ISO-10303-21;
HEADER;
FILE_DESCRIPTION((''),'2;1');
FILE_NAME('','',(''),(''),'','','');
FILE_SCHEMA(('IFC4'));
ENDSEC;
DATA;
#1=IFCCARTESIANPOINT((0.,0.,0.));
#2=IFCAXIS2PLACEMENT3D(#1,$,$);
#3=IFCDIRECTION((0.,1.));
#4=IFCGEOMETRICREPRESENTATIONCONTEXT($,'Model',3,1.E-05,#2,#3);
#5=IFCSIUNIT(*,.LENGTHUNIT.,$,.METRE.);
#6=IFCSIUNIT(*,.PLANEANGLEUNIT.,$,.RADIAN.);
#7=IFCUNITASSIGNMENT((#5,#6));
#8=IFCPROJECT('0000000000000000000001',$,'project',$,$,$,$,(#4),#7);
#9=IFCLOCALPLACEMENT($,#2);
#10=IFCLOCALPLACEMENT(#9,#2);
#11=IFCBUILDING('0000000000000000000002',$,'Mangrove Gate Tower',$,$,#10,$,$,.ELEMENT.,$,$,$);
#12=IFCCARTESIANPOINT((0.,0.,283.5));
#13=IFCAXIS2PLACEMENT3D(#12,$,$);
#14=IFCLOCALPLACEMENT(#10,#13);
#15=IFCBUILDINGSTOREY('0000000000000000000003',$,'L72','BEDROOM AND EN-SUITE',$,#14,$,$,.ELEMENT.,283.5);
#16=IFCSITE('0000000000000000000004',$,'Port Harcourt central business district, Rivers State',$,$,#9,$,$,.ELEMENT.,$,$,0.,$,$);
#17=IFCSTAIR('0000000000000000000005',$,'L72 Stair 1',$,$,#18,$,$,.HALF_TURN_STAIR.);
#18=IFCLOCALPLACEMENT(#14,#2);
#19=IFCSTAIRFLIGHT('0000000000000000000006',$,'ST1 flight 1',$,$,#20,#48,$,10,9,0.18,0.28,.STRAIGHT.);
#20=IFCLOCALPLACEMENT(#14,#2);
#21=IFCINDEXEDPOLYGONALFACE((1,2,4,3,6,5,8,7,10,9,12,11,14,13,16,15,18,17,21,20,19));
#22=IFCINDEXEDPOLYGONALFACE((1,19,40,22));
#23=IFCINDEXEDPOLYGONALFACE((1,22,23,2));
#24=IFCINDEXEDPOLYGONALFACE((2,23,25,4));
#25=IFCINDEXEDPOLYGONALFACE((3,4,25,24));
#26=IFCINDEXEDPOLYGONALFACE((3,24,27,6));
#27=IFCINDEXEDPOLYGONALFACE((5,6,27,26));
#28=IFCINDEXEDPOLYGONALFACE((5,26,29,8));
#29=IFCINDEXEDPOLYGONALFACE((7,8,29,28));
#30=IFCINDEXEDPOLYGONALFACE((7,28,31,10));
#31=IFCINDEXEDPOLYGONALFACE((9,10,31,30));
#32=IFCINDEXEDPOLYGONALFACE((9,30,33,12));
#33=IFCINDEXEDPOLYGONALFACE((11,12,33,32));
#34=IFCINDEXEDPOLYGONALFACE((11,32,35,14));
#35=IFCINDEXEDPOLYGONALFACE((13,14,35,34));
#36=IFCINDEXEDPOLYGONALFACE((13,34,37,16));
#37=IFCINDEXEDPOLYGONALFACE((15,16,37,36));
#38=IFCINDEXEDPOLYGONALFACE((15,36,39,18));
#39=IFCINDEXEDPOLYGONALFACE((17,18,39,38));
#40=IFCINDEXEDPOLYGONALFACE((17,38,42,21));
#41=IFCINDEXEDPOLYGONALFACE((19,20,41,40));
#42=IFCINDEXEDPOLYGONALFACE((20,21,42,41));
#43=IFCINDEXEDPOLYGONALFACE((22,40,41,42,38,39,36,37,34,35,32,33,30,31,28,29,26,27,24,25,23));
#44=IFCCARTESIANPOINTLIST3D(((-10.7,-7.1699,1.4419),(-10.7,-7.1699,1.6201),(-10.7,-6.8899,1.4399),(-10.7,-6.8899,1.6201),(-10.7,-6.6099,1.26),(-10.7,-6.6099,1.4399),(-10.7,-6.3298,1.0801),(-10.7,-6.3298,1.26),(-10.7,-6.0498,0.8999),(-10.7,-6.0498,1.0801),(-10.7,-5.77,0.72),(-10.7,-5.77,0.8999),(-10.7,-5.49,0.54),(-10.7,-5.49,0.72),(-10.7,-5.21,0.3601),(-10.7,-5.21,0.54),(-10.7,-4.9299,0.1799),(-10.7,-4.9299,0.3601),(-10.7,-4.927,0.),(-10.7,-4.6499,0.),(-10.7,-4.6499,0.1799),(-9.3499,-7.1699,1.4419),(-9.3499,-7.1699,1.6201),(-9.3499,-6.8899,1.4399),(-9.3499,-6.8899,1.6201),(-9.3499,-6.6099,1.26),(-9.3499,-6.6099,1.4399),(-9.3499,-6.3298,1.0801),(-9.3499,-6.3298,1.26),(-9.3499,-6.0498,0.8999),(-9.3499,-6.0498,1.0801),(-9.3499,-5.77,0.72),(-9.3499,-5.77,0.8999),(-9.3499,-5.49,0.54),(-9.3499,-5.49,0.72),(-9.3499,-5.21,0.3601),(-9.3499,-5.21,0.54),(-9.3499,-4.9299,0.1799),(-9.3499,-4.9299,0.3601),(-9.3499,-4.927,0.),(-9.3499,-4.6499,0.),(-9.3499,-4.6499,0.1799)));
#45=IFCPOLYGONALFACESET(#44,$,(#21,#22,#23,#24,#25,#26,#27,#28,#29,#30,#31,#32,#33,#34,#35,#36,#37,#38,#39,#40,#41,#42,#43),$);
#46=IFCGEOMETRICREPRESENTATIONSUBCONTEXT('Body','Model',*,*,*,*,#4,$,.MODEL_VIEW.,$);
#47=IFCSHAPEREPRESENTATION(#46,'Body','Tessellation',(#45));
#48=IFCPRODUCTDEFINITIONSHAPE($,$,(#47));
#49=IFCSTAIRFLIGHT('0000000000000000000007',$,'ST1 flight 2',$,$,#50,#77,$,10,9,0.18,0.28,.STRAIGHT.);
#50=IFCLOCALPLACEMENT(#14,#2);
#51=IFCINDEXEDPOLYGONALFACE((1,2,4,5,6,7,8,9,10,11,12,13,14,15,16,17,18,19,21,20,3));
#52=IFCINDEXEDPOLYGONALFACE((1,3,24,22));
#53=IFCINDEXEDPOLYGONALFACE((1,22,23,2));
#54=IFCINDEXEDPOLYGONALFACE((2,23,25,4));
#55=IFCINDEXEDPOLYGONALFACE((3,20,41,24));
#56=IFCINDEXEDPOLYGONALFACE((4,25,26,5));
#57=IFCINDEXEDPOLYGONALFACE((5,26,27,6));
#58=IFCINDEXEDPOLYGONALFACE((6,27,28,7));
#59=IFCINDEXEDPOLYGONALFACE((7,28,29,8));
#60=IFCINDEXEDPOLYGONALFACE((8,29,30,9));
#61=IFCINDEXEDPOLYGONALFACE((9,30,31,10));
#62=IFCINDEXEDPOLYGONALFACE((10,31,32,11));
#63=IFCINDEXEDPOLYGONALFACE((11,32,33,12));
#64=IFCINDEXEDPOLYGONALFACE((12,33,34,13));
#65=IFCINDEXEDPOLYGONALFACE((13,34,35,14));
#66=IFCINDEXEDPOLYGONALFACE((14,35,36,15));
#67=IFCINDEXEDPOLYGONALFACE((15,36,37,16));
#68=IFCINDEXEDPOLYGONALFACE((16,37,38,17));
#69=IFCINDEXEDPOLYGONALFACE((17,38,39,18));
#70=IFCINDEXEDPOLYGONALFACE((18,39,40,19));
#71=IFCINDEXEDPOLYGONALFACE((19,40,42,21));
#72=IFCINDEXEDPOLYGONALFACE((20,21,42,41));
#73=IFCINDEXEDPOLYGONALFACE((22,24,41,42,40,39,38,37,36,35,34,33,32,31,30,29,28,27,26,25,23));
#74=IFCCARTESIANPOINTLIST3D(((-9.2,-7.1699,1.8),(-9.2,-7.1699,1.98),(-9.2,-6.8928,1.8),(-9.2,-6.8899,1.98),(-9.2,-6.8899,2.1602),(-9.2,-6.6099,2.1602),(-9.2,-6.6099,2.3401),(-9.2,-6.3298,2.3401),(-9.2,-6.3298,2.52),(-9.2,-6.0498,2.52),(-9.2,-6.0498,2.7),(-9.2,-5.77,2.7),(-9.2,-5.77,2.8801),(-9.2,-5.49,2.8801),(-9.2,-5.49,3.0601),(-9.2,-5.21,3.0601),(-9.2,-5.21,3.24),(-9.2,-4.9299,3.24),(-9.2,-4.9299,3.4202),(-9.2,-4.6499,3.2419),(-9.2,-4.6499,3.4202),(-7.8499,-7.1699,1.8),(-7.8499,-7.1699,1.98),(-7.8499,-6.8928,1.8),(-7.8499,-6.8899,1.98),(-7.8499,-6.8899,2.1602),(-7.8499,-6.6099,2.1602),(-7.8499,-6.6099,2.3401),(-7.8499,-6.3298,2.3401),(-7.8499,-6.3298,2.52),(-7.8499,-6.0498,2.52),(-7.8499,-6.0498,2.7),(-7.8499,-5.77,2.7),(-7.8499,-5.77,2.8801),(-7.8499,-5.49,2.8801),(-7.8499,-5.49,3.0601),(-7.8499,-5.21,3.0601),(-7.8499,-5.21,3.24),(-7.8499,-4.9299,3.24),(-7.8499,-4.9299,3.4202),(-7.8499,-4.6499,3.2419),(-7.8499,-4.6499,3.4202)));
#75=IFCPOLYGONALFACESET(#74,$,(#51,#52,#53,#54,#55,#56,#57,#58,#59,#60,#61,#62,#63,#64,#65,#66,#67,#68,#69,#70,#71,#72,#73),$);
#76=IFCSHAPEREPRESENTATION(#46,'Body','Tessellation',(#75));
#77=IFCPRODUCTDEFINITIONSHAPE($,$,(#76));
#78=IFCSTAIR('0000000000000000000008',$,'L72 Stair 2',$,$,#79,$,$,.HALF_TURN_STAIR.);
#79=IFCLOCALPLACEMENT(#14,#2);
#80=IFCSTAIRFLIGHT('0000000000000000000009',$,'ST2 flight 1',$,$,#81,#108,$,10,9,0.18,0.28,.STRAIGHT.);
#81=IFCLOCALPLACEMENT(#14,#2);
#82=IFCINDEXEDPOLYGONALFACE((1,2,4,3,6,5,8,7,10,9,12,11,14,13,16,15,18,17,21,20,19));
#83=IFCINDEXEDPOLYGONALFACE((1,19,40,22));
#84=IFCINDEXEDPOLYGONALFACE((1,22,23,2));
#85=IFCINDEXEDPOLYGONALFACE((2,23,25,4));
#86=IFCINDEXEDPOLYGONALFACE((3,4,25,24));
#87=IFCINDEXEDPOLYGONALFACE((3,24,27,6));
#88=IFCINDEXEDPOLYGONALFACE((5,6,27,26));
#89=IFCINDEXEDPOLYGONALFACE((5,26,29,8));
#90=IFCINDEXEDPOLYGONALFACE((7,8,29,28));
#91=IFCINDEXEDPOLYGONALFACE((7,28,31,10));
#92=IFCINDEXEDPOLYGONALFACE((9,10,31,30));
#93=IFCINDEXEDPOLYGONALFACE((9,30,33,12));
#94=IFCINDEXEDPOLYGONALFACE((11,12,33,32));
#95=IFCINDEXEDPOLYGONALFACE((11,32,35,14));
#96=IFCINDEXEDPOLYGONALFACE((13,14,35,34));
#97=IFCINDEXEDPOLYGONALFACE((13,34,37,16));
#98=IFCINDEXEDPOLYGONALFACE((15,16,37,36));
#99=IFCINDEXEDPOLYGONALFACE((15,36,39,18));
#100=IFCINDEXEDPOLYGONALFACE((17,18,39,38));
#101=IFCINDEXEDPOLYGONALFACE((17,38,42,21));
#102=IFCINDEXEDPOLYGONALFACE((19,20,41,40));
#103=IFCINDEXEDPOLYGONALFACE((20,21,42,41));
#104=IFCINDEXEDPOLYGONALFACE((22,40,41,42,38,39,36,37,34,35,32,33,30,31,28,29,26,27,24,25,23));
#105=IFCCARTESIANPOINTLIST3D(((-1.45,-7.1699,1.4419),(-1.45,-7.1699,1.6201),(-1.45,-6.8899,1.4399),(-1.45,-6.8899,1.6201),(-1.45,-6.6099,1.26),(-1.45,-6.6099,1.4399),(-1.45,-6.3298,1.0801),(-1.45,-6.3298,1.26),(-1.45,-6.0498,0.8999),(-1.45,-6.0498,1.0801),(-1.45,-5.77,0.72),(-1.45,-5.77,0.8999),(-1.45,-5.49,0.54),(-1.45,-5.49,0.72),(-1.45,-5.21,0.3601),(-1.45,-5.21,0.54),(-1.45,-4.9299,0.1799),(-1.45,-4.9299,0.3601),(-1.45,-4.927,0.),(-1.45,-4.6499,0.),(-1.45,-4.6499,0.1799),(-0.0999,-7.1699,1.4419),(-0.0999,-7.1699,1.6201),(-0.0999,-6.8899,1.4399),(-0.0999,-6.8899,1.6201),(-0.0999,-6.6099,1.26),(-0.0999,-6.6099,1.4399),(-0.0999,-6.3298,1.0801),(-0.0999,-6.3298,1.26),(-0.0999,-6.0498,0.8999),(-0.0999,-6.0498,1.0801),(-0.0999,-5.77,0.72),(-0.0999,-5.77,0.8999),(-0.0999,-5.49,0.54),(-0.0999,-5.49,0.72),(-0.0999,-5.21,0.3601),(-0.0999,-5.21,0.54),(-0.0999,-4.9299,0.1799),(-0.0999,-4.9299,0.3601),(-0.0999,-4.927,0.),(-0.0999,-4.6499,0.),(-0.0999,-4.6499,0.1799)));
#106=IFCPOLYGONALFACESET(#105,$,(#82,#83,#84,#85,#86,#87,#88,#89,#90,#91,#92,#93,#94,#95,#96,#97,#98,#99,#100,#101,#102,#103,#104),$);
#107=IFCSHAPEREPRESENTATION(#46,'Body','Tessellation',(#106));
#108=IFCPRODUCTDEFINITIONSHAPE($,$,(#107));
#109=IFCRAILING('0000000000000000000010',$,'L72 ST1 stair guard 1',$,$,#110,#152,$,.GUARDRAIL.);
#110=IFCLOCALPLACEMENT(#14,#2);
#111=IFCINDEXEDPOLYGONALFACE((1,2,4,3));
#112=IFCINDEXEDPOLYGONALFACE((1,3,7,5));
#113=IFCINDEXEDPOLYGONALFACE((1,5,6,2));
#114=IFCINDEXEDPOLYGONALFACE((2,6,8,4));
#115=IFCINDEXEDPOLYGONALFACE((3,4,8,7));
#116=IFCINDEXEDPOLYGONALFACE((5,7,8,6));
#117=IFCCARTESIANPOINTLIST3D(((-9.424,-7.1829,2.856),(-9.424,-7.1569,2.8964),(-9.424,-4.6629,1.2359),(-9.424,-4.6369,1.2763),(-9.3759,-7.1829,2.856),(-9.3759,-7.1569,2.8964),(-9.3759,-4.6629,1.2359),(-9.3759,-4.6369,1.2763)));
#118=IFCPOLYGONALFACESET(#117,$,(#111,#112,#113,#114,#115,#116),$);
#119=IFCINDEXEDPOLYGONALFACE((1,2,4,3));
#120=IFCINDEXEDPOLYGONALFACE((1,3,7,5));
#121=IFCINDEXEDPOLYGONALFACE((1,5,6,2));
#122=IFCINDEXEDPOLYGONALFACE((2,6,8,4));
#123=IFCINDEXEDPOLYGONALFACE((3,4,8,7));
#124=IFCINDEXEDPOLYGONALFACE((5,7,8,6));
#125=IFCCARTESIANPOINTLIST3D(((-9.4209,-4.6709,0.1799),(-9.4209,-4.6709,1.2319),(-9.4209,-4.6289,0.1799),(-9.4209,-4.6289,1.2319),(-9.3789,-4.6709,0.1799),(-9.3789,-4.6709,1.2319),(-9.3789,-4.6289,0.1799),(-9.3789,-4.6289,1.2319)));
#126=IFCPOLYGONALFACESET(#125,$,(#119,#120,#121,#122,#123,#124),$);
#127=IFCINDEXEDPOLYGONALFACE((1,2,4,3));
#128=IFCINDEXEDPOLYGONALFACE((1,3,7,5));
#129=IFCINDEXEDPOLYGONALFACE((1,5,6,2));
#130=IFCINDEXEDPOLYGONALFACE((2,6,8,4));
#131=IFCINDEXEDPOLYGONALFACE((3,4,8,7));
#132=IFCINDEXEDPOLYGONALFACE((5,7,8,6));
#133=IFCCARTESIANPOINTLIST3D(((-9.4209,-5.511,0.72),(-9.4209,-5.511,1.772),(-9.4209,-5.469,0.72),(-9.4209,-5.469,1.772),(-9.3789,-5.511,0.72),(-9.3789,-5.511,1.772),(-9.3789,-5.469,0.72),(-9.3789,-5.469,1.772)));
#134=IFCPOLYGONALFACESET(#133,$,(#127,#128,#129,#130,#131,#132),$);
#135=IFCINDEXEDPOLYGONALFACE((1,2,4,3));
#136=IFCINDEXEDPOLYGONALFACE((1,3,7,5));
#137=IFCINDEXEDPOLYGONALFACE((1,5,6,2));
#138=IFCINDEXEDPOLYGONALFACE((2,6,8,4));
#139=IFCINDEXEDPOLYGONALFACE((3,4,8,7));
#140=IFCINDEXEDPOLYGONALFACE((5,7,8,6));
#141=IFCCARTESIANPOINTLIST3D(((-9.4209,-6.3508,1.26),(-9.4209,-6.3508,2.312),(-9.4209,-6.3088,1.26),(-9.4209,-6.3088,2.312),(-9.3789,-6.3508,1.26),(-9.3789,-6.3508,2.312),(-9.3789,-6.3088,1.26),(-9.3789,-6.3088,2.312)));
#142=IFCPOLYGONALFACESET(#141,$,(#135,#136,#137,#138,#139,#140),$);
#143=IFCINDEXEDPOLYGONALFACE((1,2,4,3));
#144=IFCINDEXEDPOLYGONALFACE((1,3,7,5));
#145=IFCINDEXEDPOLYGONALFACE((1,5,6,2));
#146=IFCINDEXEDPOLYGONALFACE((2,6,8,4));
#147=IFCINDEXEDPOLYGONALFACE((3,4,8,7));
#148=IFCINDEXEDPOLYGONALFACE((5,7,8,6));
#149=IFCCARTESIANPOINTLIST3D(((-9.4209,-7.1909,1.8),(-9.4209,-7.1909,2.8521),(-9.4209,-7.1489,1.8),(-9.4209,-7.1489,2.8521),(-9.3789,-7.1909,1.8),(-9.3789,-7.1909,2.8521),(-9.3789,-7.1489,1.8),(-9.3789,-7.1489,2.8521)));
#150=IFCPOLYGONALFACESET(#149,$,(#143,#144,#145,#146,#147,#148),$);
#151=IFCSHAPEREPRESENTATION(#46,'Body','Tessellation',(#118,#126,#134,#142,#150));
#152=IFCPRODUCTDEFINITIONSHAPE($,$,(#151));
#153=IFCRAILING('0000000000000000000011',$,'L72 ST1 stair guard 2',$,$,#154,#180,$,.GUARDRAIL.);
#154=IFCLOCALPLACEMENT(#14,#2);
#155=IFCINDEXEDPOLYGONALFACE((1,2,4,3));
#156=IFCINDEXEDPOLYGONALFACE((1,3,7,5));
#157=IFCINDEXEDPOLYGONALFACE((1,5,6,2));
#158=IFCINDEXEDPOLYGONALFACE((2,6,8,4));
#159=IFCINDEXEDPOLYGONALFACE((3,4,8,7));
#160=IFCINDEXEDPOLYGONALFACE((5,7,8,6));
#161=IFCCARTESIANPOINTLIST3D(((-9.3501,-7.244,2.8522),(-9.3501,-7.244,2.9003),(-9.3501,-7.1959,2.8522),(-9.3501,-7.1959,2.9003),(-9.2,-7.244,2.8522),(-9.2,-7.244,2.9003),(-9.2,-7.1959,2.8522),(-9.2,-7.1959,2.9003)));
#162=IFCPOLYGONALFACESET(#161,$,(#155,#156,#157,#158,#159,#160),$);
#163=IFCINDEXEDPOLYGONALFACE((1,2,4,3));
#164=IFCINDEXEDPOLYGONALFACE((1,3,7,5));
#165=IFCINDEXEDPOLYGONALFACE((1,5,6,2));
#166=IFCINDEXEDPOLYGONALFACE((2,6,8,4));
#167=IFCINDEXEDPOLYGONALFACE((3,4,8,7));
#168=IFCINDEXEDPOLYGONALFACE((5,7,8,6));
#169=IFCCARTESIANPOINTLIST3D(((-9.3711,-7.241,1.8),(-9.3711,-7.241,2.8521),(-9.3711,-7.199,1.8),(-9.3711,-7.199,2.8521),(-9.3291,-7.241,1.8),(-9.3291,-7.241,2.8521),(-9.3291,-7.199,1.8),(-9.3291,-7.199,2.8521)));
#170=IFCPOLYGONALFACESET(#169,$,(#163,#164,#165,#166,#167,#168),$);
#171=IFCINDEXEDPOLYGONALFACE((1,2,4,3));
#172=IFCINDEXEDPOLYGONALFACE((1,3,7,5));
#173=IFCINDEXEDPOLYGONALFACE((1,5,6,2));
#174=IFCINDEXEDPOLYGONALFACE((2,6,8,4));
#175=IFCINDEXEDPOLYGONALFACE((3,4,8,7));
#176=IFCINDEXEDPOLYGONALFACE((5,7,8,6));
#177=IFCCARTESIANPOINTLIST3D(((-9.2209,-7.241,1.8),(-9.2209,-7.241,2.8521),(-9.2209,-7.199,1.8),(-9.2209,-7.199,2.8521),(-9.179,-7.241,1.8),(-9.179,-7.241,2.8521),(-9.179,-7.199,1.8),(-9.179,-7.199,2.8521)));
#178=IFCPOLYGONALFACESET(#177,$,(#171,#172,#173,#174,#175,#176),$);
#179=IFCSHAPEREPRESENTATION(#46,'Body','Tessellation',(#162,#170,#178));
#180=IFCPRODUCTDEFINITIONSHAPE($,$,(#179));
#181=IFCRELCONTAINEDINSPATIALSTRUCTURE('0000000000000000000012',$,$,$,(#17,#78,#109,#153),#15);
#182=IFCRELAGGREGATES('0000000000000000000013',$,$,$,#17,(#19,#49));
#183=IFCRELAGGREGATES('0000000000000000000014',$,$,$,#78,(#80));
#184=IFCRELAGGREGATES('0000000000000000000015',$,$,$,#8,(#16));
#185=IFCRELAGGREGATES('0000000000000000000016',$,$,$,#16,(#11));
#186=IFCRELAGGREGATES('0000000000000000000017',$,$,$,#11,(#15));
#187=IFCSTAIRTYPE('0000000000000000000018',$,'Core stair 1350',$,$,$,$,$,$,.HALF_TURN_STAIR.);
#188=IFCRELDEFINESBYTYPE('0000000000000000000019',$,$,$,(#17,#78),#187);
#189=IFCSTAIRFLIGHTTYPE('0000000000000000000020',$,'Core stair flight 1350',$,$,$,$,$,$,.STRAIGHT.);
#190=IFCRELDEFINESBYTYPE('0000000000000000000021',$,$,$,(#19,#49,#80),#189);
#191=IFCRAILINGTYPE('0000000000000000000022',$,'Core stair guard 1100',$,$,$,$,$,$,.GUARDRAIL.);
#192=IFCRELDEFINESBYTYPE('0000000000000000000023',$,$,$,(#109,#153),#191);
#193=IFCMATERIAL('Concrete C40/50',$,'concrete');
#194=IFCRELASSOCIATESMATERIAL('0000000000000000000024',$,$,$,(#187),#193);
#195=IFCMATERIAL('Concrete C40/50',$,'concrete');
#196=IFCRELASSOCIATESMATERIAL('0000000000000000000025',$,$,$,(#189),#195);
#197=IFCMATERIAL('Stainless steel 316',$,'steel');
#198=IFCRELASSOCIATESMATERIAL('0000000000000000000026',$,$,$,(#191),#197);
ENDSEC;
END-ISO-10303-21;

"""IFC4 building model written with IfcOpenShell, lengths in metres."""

from ifc_helpers import new_model, si_unit, direction, frame, origin, origin_2d, place, context, subcontext, project, spatial, polyline, rectangle, outline, extrude, material, type_object, element, aggregate, save


model = new_model("IFC4")

# Units and contexts
model_context = context("Model", 3, precision=1e-05, world=origin(), true_north=direction((0.0, 1.0)))
body_context = subcontext(model_context, "Body", "Model", "MODEL_VIEW")
ifc_project = project(units=[si_unit("LENGTHUNIT", "METRE"), si_unit("PLANEANGLEUNIT", "RADIAN")], contexts=[model_context])

# Site, building, storey
site_placement = place(None, origin())
site = spatial("IfcSite", under=ifc_project, at=site_placement, Name="Port Harcourt central business district, Rivers State", CompositionType="ELEMENT", RefElevation=0.0)
building_placement = place(site_placement, origin())
building = spatial("IfcBuilding", under=site, at=building_placement, Name="Mangrove Gate Tower", CompositionType="ELEMENT")
storey_placement = place(building_placement, frame((0.0, 0.0, 283.5)))
storey = spatial("IfcBuildingStorey", under=building, at=storey_placement, Name="L72", Description="BEDROOM AND EN-SUITE", CompositionType="ELEMENT", Elevation=283.5)

# Stair, stair flights
ifc_material_1 = material(Name="Concrete C40/50", Category="concrete")
stair_type = type_object("IfcStairType", Name="Core stair 1350", PredefinedType="HALF_TURN_STAIR", material=ifc_material_1)
stair_1_placement = place(storey_placement, origin())
stair_1 = element("IfcStair", 1, at=stair_1_placement, inside=storey, type_object=stair_type, Name="L72 Stair 1", PredefinedType="HALF_TURN_STAIR")
ifc_material_2 = material(Name="Concrete C40/50", Category="concrete")
stair_flight_type = type_object("IfcStairFlightType", Name="Core stair flight 1350", PredefinedType="STRAIGHT", material=ifc_material_2)
stair_flight_1_placement = place(storey_placement, frame((-10.0249, -4.6499, 0.0), z_axis=(0.0, 0.0, 1.0), x_axis=(0.0, -1.0, 0.0)))
stair_flight_1 = element("IfcStairFlight", 2, at=stair_flight_1_placement, type_object=stair_flight_type, Name="ST1 flight 1", NumberOfRisers=10, NumberOfTreads=9, PredefinedType="STRAIGHT", RiserHeight=0.18, TreadLength=0.28, context=body_context, shape_type="SweptSolid", body=[
    extrude(outline(polyline([(0.0, 0.0), (0.0, 0.1799), (0.28, 0.1799), (0.28, 0.3601), (0.5601, 0.3601), (0.5601, 0.54), (0.8401, 0.54), (0.8401, 0.72), (1.1201, 0.72), (1.1201, 0.8999), (1.3999, 0.8999), (1.3999, 1.0801), (1.6799, 1.0801), (1.6799, 1.26), (1.96, 1.26), (1.96, 1.4399), (2.24, 1.4399), (2.24, 1.6201), (2.52, 1.6201), (2.52, 1.8), (2.52, 1.4419), (0.2771, 0.0), (0.0, 0.0)])), frame((0.0, 0.675, 0.0), z_axis=(0.0, -1.0, 0.0), x_axis=(1.0, 0.0, 0.0)), (0.0, 0.0, 1.0), 1.3501),
])
stair_flight_2_placement = place(storey_placement, frame((-8.5249, -7.1699, 1.8), z_axis=(0.0, 0.0, 1.0), x_axis=(0.0, 1.0, 0.0)))
stair_flight_2 = element("IfcStairFlight", 3, at=stair_flight_2_placement, type_object=stair_flight_type, Name="ST1 flight 2", NumberOfRisers=10, NumberOfTreads=9, PredefinedType="STRAIGHT", RiserHeight=0.18, TreadLength=0.28, context=body_context, shape_type="SweptSolid", body=[
    extrude(outline(polyline([(0.0, 0.0), (0.0, 0.1799), (0.28, 0.1799), (0.28, 0.3601), (0.5601, 0.3601), (0.5601, 0.54), (0.8401, 0.54), (0.8401, 0.72), (1.1201, 0.72), (1.1201, 0.8999), (1.3999, 0.8999), (1.3999, 1.0801), (1.6799, 1.0801), (1.6799, 1.26), (1.96, 1.26), (1.96, 1.4399), (2.24, 1.4399), (2.24, 1.6201), (2.52, 1.6201), (2.52, 1.8), (2.52, 1.4419), (0.2771, 0.0), (0.0, 0.0)])), frame((0.0, 0.675, 0.0), z_axis=(0.0, -1.0, 0.0), x_axis=(1.0, 0.0, 0.0)), (0.0, 0.0, 1.0), 1.3501),
])
aggregate(stair_1, [stair_flight_1, stair_flight_2])

# Stair, stair flight
stair_2_placement = place(storey_placement, origin())
stair_2 = element("IfcStair", 4, at=stair_2_placement, inside=storey, type_object=stair_type, Name="L72 Stair 2", PredefinedType="HALF_TURN_STAIR")
stair_flight_3_placement = place(storey_placement, frame((-0.7749, -4.6499, 0.0), z_axis=(0.0, 0.0, 1.0), x_axis=(0.0, -1.0, 0.0)))
stair_flight_3 = element("IfcStairFlight", 5, at=stair_flight_3_placement, type_object=stair_flight_type, Name="ST2 flight 1", NumberOfRisers=10, NumberOfTreads=9, PredefinedType="STRAIGHT", RiserHeight=0.18, TreadLength=0.28, context=body_context, shape_type="SweptSolid", body=[
    extrude(outline(polyline([(0.0, 0.0), (0.0, 0.1799), (0.28, 0.1799), (0.28, 0.3601), (0.5601, 0.3601), (0.5601, 0.54), (0.8401, 0.54), (0.8401, 0.72), (1.1201, 0.72), (1.1201, 0.8999), (1.3999, 0.8999), (1.3999, 1.0801), (1.6799, 1.0801), (1.6799, 1.26), (1.96, 1.26), (1.96, 1.4399), (2.24, 1.4399), (2.24, 1.6201), (2.52, 1.6201), (2.52, 1.8), (2.52, 1.4419), (0.2771, 0.0), (0.0, 0.0)])), frame((0.0, 0.675, 0.0), z_axis=(0.0, -1.0, 0.0), x_axis=(1.0, 0.0, 0.0)), (0.0, 0.0, 1.0), 1.3501),
])
aggregate(stair_2, [stair_flight_3])

# Railings
ifc_material_3 = material(Name="Stainless steel 316", Category="steel")
railing_type_1 = type_object("IfcRailingType", Name="Core stair guard 1100", PredefinedType="GUARDRAIL", material=ifc_material_3)
railing_1_placement = place(storey_placement, frame((-9.3999, -4.6499, 0.1799)))
element("IfcRailing", 6, at=railing_1_placement, inside=storey, type_object=railing_type_1, Name="L72 ST1 stair guard 1", PredefinedType="GUARDRAIL", context=body_context, shape_type="SweptSolid", body=[
    extrude(rectangle(XDim=0.0481, YDim=0.0481, at=origin_2d()), frame((0.0, 0.0, 1.0762), z_axis=(0.0, -0.841163, 0.540782), x_axis=(1.0, 0.0, 0.0)), (0.0, 0.0, 1.0), 2.9958),
    extrude(rectangle(XDim=0.042, YDim=0.042, at=origin_2d()), origin(), (0.0, 0.0, 1.0), 1.052),
    extrude(rectangle(XDim=0.042, YDim=0.042, at=origin_2d()), frame((0.0, -0.8401, 0.54)), (0.0, 0.0, 1.0), 1.052),
    extrude(rectangle(XDim=0.042, YDim=0.042, at=origin_2d()), frame((0.0, -1.6799, 1.0801)), (0.0, 0.0, 1.0), 1.052),
    extrude(rectangle(XDim=0.042, YDim=0.042, at=origin_2d()), frame((0.0, -2.52, 1.6201)), (0.0, 0.0, 1.0), 1.052),
])
railing_2_placement = place(storey_placement, frame((-9.3501, -7.22, 1.8)))
element("IfcRailing", 7, at=railing_2_placement, inside=storey, type_object=railing_type_1, Name="L72 ST1 stair guard 2", PredefinedType="GUARDRAIL", context=body_context, shape_type="SweptSolid", body=[
    extrude(rectangle(XDim=0.0481, YDim=0.0481, at=origin_2d()), frame((0.0, 0.0, 1.0762), z_axis=(1.0, 0.0, 0.0), x_axis=(0.0, 1.0, 0.0)), (0.0, 0.0, 1.0), 0.1501),
    extrude(rectangle(XDim=0.042, YDim=0.042, at=origin_2d()), origin(), (0.0, 0.0, 1.0), 1.052),
    extrude(rectangle(XDim=0.042, YDim=0.042, at=origin_2d()), frame((0.1501, 0.0, 0.0)), (0.0, 0.0, 1.0), 1.052),
])

save(model, "model.ifc")
